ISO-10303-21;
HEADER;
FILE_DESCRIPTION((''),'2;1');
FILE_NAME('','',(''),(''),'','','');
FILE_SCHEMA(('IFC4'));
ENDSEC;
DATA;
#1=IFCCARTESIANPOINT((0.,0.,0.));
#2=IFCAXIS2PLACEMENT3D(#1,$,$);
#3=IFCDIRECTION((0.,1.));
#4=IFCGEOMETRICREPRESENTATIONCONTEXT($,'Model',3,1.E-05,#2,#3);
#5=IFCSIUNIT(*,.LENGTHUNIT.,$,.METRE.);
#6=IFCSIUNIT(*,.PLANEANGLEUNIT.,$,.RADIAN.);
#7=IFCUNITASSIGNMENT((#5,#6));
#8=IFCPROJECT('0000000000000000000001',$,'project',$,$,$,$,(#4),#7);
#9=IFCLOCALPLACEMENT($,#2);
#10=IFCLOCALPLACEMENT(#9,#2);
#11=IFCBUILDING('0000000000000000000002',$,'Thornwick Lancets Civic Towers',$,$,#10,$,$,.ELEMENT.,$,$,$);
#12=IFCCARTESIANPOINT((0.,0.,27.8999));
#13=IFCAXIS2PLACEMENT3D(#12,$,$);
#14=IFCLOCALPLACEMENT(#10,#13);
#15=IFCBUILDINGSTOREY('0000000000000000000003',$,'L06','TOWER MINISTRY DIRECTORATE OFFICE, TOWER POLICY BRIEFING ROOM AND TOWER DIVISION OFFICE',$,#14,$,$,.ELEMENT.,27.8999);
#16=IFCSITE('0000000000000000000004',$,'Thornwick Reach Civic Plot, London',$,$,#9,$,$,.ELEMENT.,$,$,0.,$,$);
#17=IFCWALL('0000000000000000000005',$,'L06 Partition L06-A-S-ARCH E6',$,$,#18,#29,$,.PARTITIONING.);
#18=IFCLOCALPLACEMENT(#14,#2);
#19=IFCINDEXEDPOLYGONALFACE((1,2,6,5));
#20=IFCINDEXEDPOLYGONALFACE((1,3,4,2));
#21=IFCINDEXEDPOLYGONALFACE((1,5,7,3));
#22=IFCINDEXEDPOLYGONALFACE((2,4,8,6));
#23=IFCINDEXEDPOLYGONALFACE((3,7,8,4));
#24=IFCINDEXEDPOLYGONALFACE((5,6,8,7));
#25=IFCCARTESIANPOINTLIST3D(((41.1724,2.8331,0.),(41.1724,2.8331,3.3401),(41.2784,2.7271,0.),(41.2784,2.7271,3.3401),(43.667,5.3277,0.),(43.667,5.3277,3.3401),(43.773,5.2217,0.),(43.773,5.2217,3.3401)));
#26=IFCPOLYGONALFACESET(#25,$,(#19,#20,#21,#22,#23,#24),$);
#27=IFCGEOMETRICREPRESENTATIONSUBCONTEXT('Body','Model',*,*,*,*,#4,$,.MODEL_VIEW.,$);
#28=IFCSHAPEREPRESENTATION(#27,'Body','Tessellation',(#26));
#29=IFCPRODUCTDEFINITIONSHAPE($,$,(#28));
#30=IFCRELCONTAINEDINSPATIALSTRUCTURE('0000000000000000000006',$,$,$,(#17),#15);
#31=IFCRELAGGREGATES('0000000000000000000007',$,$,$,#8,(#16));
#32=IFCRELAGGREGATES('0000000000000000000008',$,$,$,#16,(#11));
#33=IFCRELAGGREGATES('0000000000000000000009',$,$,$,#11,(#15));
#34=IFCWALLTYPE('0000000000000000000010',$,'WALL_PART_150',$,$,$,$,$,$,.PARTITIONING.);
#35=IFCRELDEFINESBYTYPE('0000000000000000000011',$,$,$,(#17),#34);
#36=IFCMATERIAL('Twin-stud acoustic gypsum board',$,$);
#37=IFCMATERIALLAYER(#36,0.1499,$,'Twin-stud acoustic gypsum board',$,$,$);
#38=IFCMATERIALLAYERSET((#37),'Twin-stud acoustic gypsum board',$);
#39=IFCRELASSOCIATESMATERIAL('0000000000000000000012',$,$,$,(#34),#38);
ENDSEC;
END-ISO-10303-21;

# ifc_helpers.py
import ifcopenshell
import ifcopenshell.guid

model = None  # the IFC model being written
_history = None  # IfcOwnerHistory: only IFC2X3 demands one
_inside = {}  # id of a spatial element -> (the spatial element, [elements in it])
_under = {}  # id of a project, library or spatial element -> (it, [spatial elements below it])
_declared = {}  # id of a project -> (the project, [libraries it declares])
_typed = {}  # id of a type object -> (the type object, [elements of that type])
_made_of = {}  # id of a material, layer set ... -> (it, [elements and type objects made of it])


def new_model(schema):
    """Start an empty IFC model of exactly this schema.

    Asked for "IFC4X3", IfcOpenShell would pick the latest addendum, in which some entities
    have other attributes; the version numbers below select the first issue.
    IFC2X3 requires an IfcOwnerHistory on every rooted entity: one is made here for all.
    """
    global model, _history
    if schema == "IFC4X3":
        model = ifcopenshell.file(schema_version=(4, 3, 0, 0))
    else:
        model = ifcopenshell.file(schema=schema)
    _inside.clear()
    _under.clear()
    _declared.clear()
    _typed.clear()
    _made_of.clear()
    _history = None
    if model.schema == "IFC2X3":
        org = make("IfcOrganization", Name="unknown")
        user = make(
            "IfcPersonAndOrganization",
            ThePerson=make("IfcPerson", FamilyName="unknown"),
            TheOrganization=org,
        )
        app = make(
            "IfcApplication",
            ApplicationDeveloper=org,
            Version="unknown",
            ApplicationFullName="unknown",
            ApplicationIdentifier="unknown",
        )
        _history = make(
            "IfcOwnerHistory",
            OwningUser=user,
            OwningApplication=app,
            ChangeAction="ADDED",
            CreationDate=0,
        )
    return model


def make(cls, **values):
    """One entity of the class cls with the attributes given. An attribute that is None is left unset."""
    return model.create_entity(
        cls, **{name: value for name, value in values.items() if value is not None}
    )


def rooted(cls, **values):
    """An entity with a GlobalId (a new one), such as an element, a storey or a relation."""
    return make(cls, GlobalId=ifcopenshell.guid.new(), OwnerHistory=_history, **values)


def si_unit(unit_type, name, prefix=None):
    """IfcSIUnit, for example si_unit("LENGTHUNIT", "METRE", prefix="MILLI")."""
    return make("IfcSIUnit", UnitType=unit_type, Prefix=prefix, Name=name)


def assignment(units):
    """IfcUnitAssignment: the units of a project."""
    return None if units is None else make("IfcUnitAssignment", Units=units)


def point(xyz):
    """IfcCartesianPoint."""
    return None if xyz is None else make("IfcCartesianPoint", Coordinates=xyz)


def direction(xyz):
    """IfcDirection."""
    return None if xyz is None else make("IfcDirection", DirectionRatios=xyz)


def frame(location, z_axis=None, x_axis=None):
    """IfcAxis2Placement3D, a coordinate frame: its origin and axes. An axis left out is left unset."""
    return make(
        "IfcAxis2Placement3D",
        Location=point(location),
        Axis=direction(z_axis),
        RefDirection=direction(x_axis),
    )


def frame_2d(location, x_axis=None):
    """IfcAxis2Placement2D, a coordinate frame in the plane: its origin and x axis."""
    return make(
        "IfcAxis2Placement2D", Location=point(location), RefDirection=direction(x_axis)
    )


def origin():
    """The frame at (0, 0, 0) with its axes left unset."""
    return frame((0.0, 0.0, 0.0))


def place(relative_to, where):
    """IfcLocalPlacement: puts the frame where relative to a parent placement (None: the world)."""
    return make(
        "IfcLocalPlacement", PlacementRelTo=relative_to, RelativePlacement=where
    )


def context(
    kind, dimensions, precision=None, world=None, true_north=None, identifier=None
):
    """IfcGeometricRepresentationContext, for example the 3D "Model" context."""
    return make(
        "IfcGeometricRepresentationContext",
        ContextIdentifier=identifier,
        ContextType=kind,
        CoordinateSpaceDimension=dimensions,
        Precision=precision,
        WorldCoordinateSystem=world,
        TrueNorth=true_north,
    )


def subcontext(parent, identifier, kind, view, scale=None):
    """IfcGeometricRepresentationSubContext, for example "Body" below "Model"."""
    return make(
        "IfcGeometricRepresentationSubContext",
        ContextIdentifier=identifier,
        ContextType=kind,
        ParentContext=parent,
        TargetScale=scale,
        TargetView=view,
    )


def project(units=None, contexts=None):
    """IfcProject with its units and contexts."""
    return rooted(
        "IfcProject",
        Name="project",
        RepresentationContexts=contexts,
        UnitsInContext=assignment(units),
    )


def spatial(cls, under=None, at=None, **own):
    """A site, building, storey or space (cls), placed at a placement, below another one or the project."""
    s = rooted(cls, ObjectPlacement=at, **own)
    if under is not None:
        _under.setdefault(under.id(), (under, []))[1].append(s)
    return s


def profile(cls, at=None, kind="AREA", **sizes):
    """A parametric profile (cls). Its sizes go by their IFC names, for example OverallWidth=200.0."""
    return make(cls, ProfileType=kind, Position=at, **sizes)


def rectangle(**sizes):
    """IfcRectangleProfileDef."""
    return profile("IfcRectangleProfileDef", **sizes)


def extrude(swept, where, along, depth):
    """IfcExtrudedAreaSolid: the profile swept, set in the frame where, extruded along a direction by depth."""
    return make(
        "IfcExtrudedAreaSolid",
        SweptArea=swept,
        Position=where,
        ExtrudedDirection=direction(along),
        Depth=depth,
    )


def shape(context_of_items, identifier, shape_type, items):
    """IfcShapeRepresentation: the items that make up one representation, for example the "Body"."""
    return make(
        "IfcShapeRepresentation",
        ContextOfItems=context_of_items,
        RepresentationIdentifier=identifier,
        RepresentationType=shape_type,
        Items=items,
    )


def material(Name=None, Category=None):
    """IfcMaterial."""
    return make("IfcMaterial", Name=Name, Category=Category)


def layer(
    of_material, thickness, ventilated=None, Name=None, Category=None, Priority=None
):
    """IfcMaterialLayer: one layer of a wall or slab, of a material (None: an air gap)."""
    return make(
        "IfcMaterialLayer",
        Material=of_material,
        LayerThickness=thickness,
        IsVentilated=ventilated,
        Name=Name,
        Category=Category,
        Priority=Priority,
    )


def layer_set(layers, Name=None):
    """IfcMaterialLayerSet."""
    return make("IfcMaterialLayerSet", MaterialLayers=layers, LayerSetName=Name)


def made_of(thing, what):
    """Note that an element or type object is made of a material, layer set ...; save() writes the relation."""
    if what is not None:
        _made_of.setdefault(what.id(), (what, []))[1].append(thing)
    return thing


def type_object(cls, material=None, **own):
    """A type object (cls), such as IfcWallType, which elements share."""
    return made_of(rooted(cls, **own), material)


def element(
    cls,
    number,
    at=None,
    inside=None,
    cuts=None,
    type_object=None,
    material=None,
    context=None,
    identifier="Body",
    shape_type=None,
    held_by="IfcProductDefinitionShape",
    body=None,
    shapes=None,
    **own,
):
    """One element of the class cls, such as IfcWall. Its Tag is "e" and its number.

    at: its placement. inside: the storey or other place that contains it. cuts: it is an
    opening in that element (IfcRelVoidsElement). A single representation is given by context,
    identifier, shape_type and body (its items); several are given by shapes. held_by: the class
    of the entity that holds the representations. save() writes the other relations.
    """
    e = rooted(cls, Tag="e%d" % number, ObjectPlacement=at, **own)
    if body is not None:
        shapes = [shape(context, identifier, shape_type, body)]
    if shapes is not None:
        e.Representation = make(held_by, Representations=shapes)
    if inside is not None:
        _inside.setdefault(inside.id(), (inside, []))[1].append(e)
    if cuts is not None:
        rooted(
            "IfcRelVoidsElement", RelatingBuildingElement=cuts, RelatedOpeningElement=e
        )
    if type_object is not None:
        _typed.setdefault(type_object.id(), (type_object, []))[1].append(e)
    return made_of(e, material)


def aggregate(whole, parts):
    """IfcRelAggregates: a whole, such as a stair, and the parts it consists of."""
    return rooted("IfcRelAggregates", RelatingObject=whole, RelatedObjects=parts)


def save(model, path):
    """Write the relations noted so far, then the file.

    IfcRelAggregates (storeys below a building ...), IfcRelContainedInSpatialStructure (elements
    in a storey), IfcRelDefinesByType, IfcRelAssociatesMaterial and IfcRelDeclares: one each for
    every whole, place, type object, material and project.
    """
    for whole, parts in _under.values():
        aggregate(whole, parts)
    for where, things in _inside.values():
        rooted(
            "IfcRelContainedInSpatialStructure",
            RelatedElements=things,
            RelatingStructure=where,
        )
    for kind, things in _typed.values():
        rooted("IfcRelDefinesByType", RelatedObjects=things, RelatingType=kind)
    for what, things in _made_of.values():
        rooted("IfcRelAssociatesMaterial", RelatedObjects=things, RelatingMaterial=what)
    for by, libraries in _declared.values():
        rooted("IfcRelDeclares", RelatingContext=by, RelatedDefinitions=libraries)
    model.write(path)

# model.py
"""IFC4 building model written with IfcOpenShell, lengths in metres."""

from ifc_helpers import new_model, si_unit, direction, frame, frame_2d, origin, place, context, subcontext, project, spatial, rectangle, extrude, material, layer, layer_set, type_object, element, save


model = new_model("IFC4")

# Units and contexts
model_context = context("Model", 3, precision=1e-05, world=origin(), true_north=direction((0.0, 1.0)))
body_context = subcontext(model_context, "Body", "Model", "MODEL_VIEW")
ifc_project = project(units=[si_unit("LENGTHUNIT", "METRE"), si_unit("PLANEANGLEUNIT", "RADIAN")], contexts=[model_context])

# Site, building, storey
site_placement = place(None, origin())
site = spatial("IfcSite", under=ifc_project, at=site_placement, Name="Thornwick Reach Civic Plot, London", CompositionType="ELEMENT", RefElevation=0.0)
building_placement = place(site_placement, origin())
building = spatial("IfcBuilding", under=site, at=building_placement, Name="Thornwick Lancets Civic Towers", CompositionType="ELEMENT")
storey_placement = place(building_placement, frame((0.0, 0.0, 27.8999)))
storey = spatial("IfcBuildingStorey", under=building, at=storey_placement, Name="L06", Description="TOWER MINISTRY DIRECTORATE OFFICE, TOWER POLICY BRIEFING ROOM AND TOWER DIVISION OFFICE", CompositionType="ELEMENT", Elevation=27.8999)

# Wall
ifc_material_1 = material(Name="Twin-stud acoustic gypsum board")
ifc_layer_1 = layer(ifc_material_1, 0.1499, Name="Twin-stud acoustic gypsum board")
ifc_layer_set_1 = layer_set([ifc_layer_1], Name="Twin-stud acoustic gypsum board")
wall_type_1 = type_object("IfcWallType", Name="WALL_PART_150", PredefinedType="PARTITIONING", material=ifc_layer_set_1)
wall_1_placement = place(storey_placement, frame((43.72, 5.2747, 0.0), z_axis=(0.0, 0.0, 1.0), x_axis=(-0.707107, -0.707107, 0.0)))
element("IfcWall", 1, at=wall_1_placement, inside=storey, type_object=wall_type_1, Name="L06 Partition L06-A-S-ARCH E6", PredefinedType="PARTITIONING", context=body_context, shape_type="SweptSolid", body=[
    extrude(rectangle(XDim=3.5278, YDim=0.1499, at=frame_2d((1.7639, 0.0))), origin(), (0.0, 0.0, 1.0), 3.3401),
])

save(model, "model.ifc")
